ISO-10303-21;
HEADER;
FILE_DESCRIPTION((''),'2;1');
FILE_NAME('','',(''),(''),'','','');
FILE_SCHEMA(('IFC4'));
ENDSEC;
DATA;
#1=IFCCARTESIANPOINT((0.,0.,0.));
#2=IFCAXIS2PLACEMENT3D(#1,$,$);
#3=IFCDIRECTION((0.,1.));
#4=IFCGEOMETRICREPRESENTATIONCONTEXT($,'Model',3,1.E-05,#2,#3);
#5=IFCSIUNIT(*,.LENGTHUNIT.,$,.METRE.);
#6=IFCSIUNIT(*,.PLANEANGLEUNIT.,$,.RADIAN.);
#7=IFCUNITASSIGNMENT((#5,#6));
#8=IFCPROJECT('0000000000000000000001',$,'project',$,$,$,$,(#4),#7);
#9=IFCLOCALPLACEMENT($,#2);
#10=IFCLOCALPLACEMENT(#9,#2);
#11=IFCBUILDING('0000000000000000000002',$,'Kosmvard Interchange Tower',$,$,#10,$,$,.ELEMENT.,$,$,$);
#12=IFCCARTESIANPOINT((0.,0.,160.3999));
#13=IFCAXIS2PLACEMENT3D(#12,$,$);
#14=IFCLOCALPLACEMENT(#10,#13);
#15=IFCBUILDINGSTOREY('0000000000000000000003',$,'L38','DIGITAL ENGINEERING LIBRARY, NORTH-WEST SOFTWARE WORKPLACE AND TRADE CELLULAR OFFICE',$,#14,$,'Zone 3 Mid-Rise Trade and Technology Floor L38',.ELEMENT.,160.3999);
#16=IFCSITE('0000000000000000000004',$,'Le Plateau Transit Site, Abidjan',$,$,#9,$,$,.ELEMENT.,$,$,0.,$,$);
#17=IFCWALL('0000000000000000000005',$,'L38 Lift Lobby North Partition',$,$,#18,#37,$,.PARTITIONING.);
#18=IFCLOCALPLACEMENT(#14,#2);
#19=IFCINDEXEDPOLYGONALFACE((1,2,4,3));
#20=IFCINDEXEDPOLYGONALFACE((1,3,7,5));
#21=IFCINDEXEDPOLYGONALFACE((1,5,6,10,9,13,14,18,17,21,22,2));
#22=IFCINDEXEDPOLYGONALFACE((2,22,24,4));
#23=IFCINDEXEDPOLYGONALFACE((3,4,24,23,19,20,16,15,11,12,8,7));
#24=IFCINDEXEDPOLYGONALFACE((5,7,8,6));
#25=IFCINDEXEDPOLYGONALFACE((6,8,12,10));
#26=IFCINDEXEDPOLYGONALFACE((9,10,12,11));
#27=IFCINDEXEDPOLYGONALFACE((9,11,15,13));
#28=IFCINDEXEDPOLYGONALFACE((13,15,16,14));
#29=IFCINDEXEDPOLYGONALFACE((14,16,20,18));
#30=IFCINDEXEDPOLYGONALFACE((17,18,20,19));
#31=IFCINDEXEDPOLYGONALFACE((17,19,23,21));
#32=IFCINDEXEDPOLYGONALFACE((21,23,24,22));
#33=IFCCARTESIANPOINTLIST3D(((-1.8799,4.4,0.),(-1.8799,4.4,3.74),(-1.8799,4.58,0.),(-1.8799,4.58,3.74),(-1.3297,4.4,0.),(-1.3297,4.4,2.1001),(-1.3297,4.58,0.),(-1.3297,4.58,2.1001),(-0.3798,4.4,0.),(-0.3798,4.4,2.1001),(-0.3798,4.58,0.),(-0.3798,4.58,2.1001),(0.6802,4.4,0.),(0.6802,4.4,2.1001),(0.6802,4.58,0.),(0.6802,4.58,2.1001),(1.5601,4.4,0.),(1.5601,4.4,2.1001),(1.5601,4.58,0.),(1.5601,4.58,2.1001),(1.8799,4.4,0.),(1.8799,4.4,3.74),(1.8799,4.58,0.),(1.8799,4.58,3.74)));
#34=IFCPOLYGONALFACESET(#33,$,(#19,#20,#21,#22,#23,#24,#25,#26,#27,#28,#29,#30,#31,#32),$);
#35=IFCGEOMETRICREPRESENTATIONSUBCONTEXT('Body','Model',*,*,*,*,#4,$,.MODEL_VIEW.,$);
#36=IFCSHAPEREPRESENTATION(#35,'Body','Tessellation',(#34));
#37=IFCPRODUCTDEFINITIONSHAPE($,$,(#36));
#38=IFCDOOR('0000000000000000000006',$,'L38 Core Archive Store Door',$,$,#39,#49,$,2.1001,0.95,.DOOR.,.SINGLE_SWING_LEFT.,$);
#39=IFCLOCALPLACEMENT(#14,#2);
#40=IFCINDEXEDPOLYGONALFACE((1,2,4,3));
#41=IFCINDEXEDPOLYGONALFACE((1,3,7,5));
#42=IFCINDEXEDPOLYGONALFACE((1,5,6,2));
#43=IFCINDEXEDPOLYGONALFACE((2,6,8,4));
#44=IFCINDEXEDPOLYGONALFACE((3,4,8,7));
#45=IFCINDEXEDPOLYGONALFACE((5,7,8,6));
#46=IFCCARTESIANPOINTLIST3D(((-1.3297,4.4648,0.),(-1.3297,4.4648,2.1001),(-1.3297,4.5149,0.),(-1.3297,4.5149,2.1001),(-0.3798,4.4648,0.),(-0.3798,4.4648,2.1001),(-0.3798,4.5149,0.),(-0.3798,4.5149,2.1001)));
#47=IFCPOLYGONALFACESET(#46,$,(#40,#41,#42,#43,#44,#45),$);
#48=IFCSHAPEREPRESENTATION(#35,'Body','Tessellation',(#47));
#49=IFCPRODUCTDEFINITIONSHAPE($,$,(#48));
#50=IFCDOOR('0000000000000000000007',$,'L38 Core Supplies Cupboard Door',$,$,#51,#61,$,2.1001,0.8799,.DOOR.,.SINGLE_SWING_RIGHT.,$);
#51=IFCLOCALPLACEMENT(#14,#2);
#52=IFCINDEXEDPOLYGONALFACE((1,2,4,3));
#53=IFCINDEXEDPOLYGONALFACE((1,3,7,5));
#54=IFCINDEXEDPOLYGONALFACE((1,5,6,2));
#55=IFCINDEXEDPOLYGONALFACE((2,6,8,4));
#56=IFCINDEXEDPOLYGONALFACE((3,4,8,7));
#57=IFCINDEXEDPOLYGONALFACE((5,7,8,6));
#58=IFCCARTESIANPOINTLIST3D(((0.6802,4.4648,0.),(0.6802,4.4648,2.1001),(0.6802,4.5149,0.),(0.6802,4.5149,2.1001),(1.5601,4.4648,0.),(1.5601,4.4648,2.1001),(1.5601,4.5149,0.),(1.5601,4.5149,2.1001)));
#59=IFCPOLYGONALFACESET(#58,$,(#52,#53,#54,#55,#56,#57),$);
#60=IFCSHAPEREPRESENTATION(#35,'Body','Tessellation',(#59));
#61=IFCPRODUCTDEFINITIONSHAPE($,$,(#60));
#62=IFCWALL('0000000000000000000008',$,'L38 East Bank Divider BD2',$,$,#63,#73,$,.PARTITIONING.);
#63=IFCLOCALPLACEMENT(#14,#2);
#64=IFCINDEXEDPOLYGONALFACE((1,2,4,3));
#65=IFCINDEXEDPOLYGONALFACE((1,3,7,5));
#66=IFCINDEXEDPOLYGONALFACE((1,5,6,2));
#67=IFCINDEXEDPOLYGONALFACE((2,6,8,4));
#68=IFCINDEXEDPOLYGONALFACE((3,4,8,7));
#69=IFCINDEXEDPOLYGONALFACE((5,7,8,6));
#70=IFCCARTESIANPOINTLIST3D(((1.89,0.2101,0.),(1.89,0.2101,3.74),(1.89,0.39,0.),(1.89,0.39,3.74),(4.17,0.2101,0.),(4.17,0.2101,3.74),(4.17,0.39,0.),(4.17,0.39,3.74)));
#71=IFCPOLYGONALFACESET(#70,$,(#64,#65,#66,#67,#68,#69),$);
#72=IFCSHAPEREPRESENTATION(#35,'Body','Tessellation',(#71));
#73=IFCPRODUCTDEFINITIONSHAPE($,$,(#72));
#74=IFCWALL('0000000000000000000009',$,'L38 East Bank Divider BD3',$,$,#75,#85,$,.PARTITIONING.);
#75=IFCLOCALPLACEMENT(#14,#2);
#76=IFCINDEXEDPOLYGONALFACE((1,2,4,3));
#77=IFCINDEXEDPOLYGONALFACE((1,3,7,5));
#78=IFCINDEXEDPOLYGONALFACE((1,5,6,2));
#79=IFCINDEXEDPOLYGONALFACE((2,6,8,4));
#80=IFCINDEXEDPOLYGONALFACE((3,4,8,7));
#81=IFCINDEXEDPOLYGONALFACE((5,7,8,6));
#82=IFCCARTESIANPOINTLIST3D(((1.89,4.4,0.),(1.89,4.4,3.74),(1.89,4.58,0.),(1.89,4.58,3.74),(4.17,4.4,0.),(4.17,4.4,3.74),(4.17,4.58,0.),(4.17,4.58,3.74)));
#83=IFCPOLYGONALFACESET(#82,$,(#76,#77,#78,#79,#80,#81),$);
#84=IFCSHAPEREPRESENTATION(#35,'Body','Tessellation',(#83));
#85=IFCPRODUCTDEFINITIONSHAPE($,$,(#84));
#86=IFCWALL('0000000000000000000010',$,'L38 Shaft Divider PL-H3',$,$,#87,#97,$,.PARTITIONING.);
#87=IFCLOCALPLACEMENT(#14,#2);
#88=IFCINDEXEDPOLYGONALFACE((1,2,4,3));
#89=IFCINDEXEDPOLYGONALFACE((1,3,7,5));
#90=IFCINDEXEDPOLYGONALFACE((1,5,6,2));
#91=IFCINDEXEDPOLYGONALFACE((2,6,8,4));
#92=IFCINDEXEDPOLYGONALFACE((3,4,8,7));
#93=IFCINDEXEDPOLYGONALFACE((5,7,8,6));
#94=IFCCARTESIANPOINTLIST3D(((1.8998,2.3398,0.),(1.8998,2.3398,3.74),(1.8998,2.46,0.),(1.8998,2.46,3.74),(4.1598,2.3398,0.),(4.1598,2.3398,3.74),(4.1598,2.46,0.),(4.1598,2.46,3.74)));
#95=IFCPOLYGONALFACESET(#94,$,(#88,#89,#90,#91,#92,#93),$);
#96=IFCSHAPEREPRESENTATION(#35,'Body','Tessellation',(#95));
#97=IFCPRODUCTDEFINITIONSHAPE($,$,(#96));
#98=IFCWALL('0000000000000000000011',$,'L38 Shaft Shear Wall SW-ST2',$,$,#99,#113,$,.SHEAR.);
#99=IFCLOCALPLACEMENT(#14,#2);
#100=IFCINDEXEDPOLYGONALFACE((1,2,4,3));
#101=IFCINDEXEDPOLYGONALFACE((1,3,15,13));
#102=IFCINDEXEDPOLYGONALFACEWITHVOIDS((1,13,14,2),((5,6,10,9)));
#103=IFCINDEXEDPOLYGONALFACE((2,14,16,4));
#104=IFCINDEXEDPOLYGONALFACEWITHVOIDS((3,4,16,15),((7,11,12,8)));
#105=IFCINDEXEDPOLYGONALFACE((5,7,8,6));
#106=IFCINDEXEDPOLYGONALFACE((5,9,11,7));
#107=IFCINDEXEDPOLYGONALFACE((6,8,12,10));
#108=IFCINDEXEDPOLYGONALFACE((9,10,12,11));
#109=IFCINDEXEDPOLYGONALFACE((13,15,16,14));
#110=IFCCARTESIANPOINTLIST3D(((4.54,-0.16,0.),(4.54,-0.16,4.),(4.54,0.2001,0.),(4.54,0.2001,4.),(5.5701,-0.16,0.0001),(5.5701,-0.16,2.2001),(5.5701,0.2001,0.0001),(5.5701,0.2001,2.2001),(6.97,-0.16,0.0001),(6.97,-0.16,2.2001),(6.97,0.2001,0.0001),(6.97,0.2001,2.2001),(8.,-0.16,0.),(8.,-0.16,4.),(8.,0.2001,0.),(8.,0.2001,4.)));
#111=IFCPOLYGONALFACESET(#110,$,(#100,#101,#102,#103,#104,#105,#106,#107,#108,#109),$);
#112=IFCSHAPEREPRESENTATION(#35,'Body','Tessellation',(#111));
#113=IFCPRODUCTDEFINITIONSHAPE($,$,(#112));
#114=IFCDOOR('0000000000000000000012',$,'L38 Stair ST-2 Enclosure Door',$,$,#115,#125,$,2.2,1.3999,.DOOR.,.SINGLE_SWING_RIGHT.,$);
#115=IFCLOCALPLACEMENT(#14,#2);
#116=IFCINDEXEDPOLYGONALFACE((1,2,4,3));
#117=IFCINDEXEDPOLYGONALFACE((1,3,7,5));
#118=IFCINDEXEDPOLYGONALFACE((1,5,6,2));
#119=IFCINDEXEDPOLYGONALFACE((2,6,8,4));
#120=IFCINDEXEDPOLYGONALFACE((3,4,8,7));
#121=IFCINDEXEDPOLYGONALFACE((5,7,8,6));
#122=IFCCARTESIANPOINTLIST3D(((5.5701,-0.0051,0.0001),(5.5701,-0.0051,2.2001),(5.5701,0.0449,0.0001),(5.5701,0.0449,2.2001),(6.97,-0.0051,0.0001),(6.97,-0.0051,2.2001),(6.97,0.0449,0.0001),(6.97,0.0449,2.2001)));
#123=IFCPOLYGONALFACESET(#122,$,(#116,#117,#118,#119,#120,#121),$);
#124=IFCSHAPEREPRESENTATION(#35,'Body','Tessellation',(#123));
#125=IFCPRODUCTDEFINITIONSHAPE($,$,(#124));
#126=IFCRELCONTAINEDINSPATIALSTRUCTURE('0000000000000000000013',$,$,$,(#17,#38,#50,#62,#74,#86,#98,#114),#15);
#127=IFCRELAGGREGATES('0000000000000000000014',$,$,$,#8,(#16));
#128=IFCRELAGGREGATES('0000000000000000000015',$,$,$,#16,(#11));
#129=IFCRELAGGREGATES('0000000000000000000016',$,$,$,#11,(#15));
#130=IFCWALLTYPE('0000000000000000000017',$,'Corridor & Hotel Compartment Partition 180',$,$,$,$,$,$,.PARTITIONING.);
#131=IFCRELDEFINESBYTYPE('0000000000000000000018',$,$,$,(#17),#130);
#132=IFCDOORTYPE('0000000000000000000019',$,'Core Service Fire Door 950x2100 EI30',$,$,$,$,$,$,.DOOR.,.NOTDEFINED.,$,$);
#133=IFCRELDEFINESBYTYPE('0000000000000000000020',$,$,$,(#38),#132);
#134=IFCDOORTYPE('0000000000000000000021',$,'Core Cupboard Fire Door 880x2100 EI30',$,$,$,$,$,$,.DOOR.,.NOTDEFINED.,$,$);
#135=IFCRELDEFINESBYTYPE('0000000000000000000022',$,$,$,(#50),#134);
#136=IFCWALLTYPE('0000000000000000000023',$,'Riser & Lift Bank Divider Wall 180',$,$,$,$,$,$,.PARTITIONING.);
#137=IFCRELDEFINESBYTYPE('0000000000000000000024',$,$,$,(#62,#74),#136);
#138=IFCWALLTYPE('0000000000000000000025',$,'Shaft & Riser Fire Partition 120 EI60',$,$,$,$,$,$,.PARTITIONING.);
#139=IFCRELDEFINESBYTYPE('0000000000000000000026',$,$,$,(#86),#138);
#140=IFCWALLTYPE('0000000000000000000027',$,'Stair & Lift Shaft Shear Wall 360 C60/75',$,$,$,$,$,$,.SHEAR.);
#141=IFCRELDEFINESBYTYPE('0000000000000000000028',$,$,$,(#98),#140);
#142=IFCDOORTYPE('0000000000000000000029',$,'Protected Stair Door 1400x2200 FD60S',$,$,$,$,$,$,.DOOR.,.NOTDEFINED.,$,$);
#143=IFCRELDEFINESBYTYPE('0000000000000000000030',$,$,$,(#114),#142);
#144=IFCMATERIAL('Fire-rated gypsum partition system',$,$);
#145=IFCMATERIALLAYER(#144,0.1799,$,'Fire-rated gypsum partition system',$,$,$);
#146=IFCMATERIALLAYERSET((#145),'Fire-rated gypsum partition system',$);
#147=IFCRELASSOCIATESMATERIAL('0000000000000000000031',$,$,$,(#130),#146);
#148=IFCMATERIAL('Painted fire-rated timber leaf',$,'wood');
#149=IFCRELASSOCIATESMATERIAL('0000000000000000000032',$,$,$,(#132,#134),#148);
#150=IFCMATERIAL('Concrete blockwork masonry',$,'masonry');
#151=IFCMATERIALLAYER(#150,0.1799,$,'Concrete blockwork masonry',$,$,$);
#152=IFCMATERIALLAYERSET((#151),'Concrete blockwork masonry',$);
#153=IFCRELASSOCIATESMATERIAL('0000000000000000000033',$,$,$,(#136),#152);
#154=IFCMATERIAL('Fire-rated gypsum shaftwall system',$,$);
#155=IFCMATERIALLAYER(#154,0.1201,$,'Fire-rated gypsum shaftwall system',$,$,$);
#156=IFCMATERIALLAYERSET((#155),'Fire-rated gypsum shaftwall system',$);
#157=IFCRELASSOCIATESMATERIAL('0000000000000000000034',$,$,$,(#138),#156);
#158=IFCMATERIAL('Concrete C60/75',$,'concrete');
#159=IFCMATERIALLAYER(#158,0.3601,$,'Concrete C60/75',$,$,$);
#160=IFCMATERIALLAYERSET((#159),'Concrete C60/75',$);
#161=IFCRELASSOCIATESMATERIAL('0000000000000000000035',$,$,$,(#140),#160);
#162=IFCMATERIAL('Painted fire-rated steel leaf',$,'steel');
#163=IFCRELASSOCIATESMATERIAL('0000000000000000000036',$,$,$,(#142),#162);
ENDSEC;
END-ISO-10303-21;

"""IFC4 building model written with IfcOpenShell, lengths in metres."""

from ifc_helpers import new_model, si_unit, direction, frame, frame_2d, origin, place, context, subcontext, project, spatial, rectangle, extrude, source, transform, mapped, material, layer, layer_set, type_object, element, fill, save


model = new_model("IFC4")

# Units and contexts
model_context = context("Model", 3, precision=1e-05, world=origin(), true_north=direction((0.0, 1.0)))
body_context = subcontext(model_context, "Body", "Model", "MODEL_VIEW")
ifc_project = project(units=[si_unit("LENGTHUNIT", "METRE"), si_unit("PLANEANGLEUNIT", "RADIAN")], contexts=[model_context])

# Site, building, storey
site_placement = place(None, origin())
site = spatial("IfcSite", under=ifc_project, at=site_placement, Name="Le Plateau Transit Site, Abidjan", CompositionType="ELEMENT", RefElevation=0.0)
building_placement = place(site_placement, origin())
building = spatial("IfcBuilding", under=site, at=building_placement, Name="Kosmvard Interchange Tower", CompositionType="ELEMENT")
storey_placement = place(building_placement, frame((0.0, 0.0, 160.3999)))
storey = spatial("IfcBuildingStorey", under=building, at=storey_placement, Name="L38", Description="DIGITAL ENGINEERING LIBRARY, NORTH-WEST SOFTWARE WORKPLACE AND TRADE CELLULAR OFFICE", LongName="Zone 3 Mid-Rise Trade and Technology Floor L38", CompositionType="ELEMENT", Elevation=160.3999)

# Shared definitions
ifc_material_1 = material(Name="Fire-rated gypsum partition system")
ifc_material_2 = material(Name="Concrete blockwork masonry", Category="masonry")

# Wall, openings, doors
ifc_layer_1 = layer(ifc_material_1, 0.1799, Name="Fire-rated gypsum partition system")
ifc_layer_set_1 = layer_set([ifc_layer_1], Name="Fire-rated gypsum partition system")
wall_type_1 = type_object("IfcWallType", Name="Corridor & Hotel Compartment Partition 180", PredefinedType="PARTITIONING", material=ifc_layer_set_1)
wall_1_placement = place(storey_placement, frame((-1.8799, 4.49, 0.0), z_axis=(0.0, 0.0, 1.0), x_axis=(1.0, 0.0, 0.0)))
wall_1 = element("IfcWall", 1, at=wall_1_placement, inside=storey, type_object=wall_type_1, Name="L38 Lift Lobby North Partition", PredefinedType="PARTITIONING", context=body_context, shape_type="SweptSolid", body=[
    extrude(rectangle(XDim=3.7598, YDim=0.1799, at=frame_2d((1.8799, 0.0))), origin(), (0.0, 0.0, 1.0), 3.74),
])
opening_1_placement = place(wall_1_placement, frame((0.55, 0.0, 0.0)))
opening_1 = element("IfcOpeningElement", 2, at=opening_1_placement, cuts=wall_1, PredefinedType="OPENING", context=body_context, shape_type="SweptSolid", body=[
    extrude(rectangle(XDim=0.95, YDim=2.1001, at=frame_2d((0.4751, 1.05))), frame((0.0, 0.1001, 0.0), z_axis=(0.0, -1.0, 0.0), x_axis=(1.0, 0.0, 0.0)), (0.0, 0.0, 1.0), 0.2),
])
opening_2_placement = place(wall_1_placement, frame((2.5601, 0.0, 0.0)))
opening_2 = element("IfcOpeningElement", 3, at=opening_2_placement, cuts=wall_1, PredefinedType="OPENING", context=body_context, shape_type="SweptSolid", body=[
    extrude(rectangle(XDim=0.8799, YDim=2.1001, at=frame_2d((0.4399, 1.05))), frame((0.0, 0.1001, 0.0), z_axis=(0.0, -1.0, 0.0), x_axis=(1.0, 0.0, 0.0)), (0.0, 0.0, 1.0), 0.2),
])
ifc_material_3 = material(Name="Painted fire-rated timber leaf", Category="wood")
door_type_1 = type_object("IfcDoorType", Name="Core Service Fire Door 950x2100 EI30", OperationType="NOTDEFINED", PredefinedType="DOOR", material=ifc_material_3)
shared_shape_1 = source(origin(), body_context, "Body", "SweptSolid", [
    extrude(rectangle(XDim=0.95, YDim=2.1001, at=frame_2d((0.4751, 1.05))), frame((0.0, 0.0249, 0.0), z_axis=(0.0, -1.0, 0.0), x_axis=(1.0, 0.0, 0.0)), (0.0, 0.0, 1.0), 0.05),
])
door_1_placement = place(opening_1_placement, origin())
door_1 = element("IfcDoor", 4, at=door_1_placement, inside=storey, type_object=door_type_1, Name="L38 Core Archive Store Door", OperationType="SINGLE_SWING_LEFT", OverallHeight=2.1001, OverallWidth=0.95, PredefinedType="DOOR", context=body_context, shape_type="MappedRepresentation", body=[
    mapped(shared_shape_1, transform((0.0, 0.0, 0.0), scale=1.0)),
])
fill(opening_1, door_1)
door_type_2 = type_object("IfcDoorType", Name="Core Cupboard Fire Door 880x2100 EI30", OperationType="NOTDEFINED", PredefinedType="DOOR", material=ifc_material_3)
shared_shape_2 = source(origin(), body_context, "Body", "SweptSolid", [
    extrude(rectangle(XDim=0.8799, YDim=2.1001, at=frame_2d((0.4399, 1.05))), frame((0.0, 0.0249, 0.0), z_axis=(0.0, -1.0, 0.0), x_axis=(1.0, 0.0, 0.0)), (0.0, 0.0, 1.0), 0.05),
])
door_2_placement = place(opening_2_placement, origin())
door_2 = element("IfcDoor", 5, at=door_2_placement, inside=storey, type_object=door_type_2, Name="L38 Core Supplies Cupboard Door", OperationType="SINGLE_SWING_RIGHT", OverallHeight=2.1001, OverallWidth=0.8799, PredefinedType="DOOR", context=body_context, shape_type="MappedRepresentation", body=[
    mapped(shared_shape_2, transform((0.0, 0.0, 0.0), scale=1.0)),
])
fill(opening_2, door_2)

# Walls
ifc_layer_2 = layer(ifc_material_2, 0.1799, Name="Concrete blockwork masonry")
ifc_layer_set_2 = layer_set([ifc_layer_2], Name="Concrete blockwork masonry")
wall_type_2 = type_object("IfcWallType", Name="Riser & Lift Bank Divider Wall 180", PredefinedType="PARTITIONING", material=ifc_layer_set_2)
for number, where, z_axis, x_axis, name in (
    (6, (1.8899, 0.3, 0.0), (0.0, 0.0, 1.0), (1.0, 0.0, 0.0), "L38 East Bank Divider BD2"),
    (7, (1.8899, 4.49, 0.0), (0.0, 0.0, 1.0), (1.0, 0.0, 0.0), "L38 East Bank Divider BD3"),
):
    element("IfcWall", number, at=place(storey_placement, frame(where, z_axis=z_axis, x_axis=x_axis)), inside=storey, type_object=wall_type_2, Name=name, PredefinedType="PARTITIONING", context=body_context, shape_type="SweptSolid", body=[
        extrude(rectangle(XDim=2.28, YDim=0.1799, at=frame_2d((1.1401, 0.0))), origin(), (0.0, 0.0, 1.0), 3.74),
    ])
ifc_material_4 = material(Name="Fire-rated gypsum shaftwall system")
ifc_layer_3 = layer(ifc_material_4, 0.1201, Name="Fire-rated gypsum shaftwall system")
ifc_layer_set_3 = layer_set([ifc_layer_3], Name="Fire-rated gypsum shaftwall system")
wall_type_3 = type_object("IfcWallType", Name="Shaft & Riser Fire Partition 120 EI60", PredefinedType="PARTITIONING", material=ifc_layer_set_3)
wall_2_placement = place(storey_placement, frame((1.8999, 2.3999, 0.0), z_axis=(0.0, 0.0, 1.0), x_axis=(1.0, 0.0, 0.0)))
element("IfcWall", 8, at=wall_2_placement, inside=storey, type_object=wall_type_3, Name="L38 Shaft Divider PL-H3", PredefinedType="PARTITIONING", context=body_context, shape_type="SweptSolid", body=[
    extrude(rectangle(XDim=2.26, YDim=0.1201, at=frame_2d((1.1299, 0.0))), origin(), (0.0, 0.0, 1.0), 3.74),
])

# Wall, opening, door
ifc_material_5 = material(Name="Concrete C60/75", Category="concrete")
ifc_layer_4 = layer(ifc_material_5, 0.3601, Name="Concrete C60/75")
ifc_layer_set_4 = layer_set([ifc_layer_4], Name="Concrete C60/75")
wall_type_4 = type_object("IfcWallType", Name="Stair & Lift Shaft Shear Wall 360 C60/75", PredefinedType="SHEAR", material=ifc_layer_set_4)
wall_3_placement = place(storey_placement, frame((4.54, 0.02, 0.0), z_axis=(0.0, 0.0, 1.0), x_axis=(1.0, 0.0, 0.0)))
wall_3 = element("IfcWall", 9, at=wall_3_placement, inside=storey, type_object=wall_type_4, Name="L38 Shaft Shear Wall SW-ST2", PredefinedType="SHEAR", context=body_context, shape_type="SweptSolid", body=[
    extrude(rectangle(XDim=3.46, YDim=0.3601, at=frame_2d((1.73, 0.0))), origin(), (0.0, 0.0, 1.0), 4.0),
])
opening_3_placement = place(wall_3_placement, frame((1.03, 0.0, 0.0)))
opening_3 = element("IfcOpeningElement", 10, at=opening_3_placement, cuts=wall_3, PredefinedType="OPENING", context=body_context, shape_type="SweptSolid", body=[
    extrude(rectangle(XDim=1.3999, YDim=2.2, at=frame_2d((0.7, 1.1001))), frame((0.0, 0.1899, 0.0), z_axis=(0.0, -1.0, 0.0), x_axis=(1.0, 0.0, 0.0)), (0.0, 0.0, 1.0), 0.3801),
])
ifc_material_6 = material(Name="Painted fire-rated steel leaf", Category="steel")
door_type_3 = type_object("IfcDoorType", Name="Protected Stair Door 1400x2200 FD60S", OperationType="NOTDEFINED", PredefinedType="DOOR", material=ifc_material_6)
shared_shape_3 = source(origin(), body_context, "Body", "SweptSolid", [
    extrude(rectangle(XDim=1.3999, YDim=2.2, at=frame_2d((0.7, 1.1001))), frame((0.0, 0.0249, 0.0), z_axis=(0.0, -1.0, 0.0), x_axis=(1.0, 0.0, 0.0)), (0.0, 0.0, 1.0), 0.05),
])
door_3_placement = place(opening_3_placement, origin())
door_3 = element("IfcDoor", 11, at=door_3_placement, inside=storey, type_object=door_type_3, Name="L38 Stair ST-2 Enclosure Door", OperationType="SINGLE_SWING_RIGHT", OverallHeight=2.2, OverallWidth=1.3999, PredefinedType="DOOR", context=body_context, shape_type="MappedRepresentation", body=[
    mapped(shared_shape_3, transform((0.0, 0.0, 0.0), scale=1.0)),
])
fill(opening_3, door_3)

save(model, "model.ifc")
